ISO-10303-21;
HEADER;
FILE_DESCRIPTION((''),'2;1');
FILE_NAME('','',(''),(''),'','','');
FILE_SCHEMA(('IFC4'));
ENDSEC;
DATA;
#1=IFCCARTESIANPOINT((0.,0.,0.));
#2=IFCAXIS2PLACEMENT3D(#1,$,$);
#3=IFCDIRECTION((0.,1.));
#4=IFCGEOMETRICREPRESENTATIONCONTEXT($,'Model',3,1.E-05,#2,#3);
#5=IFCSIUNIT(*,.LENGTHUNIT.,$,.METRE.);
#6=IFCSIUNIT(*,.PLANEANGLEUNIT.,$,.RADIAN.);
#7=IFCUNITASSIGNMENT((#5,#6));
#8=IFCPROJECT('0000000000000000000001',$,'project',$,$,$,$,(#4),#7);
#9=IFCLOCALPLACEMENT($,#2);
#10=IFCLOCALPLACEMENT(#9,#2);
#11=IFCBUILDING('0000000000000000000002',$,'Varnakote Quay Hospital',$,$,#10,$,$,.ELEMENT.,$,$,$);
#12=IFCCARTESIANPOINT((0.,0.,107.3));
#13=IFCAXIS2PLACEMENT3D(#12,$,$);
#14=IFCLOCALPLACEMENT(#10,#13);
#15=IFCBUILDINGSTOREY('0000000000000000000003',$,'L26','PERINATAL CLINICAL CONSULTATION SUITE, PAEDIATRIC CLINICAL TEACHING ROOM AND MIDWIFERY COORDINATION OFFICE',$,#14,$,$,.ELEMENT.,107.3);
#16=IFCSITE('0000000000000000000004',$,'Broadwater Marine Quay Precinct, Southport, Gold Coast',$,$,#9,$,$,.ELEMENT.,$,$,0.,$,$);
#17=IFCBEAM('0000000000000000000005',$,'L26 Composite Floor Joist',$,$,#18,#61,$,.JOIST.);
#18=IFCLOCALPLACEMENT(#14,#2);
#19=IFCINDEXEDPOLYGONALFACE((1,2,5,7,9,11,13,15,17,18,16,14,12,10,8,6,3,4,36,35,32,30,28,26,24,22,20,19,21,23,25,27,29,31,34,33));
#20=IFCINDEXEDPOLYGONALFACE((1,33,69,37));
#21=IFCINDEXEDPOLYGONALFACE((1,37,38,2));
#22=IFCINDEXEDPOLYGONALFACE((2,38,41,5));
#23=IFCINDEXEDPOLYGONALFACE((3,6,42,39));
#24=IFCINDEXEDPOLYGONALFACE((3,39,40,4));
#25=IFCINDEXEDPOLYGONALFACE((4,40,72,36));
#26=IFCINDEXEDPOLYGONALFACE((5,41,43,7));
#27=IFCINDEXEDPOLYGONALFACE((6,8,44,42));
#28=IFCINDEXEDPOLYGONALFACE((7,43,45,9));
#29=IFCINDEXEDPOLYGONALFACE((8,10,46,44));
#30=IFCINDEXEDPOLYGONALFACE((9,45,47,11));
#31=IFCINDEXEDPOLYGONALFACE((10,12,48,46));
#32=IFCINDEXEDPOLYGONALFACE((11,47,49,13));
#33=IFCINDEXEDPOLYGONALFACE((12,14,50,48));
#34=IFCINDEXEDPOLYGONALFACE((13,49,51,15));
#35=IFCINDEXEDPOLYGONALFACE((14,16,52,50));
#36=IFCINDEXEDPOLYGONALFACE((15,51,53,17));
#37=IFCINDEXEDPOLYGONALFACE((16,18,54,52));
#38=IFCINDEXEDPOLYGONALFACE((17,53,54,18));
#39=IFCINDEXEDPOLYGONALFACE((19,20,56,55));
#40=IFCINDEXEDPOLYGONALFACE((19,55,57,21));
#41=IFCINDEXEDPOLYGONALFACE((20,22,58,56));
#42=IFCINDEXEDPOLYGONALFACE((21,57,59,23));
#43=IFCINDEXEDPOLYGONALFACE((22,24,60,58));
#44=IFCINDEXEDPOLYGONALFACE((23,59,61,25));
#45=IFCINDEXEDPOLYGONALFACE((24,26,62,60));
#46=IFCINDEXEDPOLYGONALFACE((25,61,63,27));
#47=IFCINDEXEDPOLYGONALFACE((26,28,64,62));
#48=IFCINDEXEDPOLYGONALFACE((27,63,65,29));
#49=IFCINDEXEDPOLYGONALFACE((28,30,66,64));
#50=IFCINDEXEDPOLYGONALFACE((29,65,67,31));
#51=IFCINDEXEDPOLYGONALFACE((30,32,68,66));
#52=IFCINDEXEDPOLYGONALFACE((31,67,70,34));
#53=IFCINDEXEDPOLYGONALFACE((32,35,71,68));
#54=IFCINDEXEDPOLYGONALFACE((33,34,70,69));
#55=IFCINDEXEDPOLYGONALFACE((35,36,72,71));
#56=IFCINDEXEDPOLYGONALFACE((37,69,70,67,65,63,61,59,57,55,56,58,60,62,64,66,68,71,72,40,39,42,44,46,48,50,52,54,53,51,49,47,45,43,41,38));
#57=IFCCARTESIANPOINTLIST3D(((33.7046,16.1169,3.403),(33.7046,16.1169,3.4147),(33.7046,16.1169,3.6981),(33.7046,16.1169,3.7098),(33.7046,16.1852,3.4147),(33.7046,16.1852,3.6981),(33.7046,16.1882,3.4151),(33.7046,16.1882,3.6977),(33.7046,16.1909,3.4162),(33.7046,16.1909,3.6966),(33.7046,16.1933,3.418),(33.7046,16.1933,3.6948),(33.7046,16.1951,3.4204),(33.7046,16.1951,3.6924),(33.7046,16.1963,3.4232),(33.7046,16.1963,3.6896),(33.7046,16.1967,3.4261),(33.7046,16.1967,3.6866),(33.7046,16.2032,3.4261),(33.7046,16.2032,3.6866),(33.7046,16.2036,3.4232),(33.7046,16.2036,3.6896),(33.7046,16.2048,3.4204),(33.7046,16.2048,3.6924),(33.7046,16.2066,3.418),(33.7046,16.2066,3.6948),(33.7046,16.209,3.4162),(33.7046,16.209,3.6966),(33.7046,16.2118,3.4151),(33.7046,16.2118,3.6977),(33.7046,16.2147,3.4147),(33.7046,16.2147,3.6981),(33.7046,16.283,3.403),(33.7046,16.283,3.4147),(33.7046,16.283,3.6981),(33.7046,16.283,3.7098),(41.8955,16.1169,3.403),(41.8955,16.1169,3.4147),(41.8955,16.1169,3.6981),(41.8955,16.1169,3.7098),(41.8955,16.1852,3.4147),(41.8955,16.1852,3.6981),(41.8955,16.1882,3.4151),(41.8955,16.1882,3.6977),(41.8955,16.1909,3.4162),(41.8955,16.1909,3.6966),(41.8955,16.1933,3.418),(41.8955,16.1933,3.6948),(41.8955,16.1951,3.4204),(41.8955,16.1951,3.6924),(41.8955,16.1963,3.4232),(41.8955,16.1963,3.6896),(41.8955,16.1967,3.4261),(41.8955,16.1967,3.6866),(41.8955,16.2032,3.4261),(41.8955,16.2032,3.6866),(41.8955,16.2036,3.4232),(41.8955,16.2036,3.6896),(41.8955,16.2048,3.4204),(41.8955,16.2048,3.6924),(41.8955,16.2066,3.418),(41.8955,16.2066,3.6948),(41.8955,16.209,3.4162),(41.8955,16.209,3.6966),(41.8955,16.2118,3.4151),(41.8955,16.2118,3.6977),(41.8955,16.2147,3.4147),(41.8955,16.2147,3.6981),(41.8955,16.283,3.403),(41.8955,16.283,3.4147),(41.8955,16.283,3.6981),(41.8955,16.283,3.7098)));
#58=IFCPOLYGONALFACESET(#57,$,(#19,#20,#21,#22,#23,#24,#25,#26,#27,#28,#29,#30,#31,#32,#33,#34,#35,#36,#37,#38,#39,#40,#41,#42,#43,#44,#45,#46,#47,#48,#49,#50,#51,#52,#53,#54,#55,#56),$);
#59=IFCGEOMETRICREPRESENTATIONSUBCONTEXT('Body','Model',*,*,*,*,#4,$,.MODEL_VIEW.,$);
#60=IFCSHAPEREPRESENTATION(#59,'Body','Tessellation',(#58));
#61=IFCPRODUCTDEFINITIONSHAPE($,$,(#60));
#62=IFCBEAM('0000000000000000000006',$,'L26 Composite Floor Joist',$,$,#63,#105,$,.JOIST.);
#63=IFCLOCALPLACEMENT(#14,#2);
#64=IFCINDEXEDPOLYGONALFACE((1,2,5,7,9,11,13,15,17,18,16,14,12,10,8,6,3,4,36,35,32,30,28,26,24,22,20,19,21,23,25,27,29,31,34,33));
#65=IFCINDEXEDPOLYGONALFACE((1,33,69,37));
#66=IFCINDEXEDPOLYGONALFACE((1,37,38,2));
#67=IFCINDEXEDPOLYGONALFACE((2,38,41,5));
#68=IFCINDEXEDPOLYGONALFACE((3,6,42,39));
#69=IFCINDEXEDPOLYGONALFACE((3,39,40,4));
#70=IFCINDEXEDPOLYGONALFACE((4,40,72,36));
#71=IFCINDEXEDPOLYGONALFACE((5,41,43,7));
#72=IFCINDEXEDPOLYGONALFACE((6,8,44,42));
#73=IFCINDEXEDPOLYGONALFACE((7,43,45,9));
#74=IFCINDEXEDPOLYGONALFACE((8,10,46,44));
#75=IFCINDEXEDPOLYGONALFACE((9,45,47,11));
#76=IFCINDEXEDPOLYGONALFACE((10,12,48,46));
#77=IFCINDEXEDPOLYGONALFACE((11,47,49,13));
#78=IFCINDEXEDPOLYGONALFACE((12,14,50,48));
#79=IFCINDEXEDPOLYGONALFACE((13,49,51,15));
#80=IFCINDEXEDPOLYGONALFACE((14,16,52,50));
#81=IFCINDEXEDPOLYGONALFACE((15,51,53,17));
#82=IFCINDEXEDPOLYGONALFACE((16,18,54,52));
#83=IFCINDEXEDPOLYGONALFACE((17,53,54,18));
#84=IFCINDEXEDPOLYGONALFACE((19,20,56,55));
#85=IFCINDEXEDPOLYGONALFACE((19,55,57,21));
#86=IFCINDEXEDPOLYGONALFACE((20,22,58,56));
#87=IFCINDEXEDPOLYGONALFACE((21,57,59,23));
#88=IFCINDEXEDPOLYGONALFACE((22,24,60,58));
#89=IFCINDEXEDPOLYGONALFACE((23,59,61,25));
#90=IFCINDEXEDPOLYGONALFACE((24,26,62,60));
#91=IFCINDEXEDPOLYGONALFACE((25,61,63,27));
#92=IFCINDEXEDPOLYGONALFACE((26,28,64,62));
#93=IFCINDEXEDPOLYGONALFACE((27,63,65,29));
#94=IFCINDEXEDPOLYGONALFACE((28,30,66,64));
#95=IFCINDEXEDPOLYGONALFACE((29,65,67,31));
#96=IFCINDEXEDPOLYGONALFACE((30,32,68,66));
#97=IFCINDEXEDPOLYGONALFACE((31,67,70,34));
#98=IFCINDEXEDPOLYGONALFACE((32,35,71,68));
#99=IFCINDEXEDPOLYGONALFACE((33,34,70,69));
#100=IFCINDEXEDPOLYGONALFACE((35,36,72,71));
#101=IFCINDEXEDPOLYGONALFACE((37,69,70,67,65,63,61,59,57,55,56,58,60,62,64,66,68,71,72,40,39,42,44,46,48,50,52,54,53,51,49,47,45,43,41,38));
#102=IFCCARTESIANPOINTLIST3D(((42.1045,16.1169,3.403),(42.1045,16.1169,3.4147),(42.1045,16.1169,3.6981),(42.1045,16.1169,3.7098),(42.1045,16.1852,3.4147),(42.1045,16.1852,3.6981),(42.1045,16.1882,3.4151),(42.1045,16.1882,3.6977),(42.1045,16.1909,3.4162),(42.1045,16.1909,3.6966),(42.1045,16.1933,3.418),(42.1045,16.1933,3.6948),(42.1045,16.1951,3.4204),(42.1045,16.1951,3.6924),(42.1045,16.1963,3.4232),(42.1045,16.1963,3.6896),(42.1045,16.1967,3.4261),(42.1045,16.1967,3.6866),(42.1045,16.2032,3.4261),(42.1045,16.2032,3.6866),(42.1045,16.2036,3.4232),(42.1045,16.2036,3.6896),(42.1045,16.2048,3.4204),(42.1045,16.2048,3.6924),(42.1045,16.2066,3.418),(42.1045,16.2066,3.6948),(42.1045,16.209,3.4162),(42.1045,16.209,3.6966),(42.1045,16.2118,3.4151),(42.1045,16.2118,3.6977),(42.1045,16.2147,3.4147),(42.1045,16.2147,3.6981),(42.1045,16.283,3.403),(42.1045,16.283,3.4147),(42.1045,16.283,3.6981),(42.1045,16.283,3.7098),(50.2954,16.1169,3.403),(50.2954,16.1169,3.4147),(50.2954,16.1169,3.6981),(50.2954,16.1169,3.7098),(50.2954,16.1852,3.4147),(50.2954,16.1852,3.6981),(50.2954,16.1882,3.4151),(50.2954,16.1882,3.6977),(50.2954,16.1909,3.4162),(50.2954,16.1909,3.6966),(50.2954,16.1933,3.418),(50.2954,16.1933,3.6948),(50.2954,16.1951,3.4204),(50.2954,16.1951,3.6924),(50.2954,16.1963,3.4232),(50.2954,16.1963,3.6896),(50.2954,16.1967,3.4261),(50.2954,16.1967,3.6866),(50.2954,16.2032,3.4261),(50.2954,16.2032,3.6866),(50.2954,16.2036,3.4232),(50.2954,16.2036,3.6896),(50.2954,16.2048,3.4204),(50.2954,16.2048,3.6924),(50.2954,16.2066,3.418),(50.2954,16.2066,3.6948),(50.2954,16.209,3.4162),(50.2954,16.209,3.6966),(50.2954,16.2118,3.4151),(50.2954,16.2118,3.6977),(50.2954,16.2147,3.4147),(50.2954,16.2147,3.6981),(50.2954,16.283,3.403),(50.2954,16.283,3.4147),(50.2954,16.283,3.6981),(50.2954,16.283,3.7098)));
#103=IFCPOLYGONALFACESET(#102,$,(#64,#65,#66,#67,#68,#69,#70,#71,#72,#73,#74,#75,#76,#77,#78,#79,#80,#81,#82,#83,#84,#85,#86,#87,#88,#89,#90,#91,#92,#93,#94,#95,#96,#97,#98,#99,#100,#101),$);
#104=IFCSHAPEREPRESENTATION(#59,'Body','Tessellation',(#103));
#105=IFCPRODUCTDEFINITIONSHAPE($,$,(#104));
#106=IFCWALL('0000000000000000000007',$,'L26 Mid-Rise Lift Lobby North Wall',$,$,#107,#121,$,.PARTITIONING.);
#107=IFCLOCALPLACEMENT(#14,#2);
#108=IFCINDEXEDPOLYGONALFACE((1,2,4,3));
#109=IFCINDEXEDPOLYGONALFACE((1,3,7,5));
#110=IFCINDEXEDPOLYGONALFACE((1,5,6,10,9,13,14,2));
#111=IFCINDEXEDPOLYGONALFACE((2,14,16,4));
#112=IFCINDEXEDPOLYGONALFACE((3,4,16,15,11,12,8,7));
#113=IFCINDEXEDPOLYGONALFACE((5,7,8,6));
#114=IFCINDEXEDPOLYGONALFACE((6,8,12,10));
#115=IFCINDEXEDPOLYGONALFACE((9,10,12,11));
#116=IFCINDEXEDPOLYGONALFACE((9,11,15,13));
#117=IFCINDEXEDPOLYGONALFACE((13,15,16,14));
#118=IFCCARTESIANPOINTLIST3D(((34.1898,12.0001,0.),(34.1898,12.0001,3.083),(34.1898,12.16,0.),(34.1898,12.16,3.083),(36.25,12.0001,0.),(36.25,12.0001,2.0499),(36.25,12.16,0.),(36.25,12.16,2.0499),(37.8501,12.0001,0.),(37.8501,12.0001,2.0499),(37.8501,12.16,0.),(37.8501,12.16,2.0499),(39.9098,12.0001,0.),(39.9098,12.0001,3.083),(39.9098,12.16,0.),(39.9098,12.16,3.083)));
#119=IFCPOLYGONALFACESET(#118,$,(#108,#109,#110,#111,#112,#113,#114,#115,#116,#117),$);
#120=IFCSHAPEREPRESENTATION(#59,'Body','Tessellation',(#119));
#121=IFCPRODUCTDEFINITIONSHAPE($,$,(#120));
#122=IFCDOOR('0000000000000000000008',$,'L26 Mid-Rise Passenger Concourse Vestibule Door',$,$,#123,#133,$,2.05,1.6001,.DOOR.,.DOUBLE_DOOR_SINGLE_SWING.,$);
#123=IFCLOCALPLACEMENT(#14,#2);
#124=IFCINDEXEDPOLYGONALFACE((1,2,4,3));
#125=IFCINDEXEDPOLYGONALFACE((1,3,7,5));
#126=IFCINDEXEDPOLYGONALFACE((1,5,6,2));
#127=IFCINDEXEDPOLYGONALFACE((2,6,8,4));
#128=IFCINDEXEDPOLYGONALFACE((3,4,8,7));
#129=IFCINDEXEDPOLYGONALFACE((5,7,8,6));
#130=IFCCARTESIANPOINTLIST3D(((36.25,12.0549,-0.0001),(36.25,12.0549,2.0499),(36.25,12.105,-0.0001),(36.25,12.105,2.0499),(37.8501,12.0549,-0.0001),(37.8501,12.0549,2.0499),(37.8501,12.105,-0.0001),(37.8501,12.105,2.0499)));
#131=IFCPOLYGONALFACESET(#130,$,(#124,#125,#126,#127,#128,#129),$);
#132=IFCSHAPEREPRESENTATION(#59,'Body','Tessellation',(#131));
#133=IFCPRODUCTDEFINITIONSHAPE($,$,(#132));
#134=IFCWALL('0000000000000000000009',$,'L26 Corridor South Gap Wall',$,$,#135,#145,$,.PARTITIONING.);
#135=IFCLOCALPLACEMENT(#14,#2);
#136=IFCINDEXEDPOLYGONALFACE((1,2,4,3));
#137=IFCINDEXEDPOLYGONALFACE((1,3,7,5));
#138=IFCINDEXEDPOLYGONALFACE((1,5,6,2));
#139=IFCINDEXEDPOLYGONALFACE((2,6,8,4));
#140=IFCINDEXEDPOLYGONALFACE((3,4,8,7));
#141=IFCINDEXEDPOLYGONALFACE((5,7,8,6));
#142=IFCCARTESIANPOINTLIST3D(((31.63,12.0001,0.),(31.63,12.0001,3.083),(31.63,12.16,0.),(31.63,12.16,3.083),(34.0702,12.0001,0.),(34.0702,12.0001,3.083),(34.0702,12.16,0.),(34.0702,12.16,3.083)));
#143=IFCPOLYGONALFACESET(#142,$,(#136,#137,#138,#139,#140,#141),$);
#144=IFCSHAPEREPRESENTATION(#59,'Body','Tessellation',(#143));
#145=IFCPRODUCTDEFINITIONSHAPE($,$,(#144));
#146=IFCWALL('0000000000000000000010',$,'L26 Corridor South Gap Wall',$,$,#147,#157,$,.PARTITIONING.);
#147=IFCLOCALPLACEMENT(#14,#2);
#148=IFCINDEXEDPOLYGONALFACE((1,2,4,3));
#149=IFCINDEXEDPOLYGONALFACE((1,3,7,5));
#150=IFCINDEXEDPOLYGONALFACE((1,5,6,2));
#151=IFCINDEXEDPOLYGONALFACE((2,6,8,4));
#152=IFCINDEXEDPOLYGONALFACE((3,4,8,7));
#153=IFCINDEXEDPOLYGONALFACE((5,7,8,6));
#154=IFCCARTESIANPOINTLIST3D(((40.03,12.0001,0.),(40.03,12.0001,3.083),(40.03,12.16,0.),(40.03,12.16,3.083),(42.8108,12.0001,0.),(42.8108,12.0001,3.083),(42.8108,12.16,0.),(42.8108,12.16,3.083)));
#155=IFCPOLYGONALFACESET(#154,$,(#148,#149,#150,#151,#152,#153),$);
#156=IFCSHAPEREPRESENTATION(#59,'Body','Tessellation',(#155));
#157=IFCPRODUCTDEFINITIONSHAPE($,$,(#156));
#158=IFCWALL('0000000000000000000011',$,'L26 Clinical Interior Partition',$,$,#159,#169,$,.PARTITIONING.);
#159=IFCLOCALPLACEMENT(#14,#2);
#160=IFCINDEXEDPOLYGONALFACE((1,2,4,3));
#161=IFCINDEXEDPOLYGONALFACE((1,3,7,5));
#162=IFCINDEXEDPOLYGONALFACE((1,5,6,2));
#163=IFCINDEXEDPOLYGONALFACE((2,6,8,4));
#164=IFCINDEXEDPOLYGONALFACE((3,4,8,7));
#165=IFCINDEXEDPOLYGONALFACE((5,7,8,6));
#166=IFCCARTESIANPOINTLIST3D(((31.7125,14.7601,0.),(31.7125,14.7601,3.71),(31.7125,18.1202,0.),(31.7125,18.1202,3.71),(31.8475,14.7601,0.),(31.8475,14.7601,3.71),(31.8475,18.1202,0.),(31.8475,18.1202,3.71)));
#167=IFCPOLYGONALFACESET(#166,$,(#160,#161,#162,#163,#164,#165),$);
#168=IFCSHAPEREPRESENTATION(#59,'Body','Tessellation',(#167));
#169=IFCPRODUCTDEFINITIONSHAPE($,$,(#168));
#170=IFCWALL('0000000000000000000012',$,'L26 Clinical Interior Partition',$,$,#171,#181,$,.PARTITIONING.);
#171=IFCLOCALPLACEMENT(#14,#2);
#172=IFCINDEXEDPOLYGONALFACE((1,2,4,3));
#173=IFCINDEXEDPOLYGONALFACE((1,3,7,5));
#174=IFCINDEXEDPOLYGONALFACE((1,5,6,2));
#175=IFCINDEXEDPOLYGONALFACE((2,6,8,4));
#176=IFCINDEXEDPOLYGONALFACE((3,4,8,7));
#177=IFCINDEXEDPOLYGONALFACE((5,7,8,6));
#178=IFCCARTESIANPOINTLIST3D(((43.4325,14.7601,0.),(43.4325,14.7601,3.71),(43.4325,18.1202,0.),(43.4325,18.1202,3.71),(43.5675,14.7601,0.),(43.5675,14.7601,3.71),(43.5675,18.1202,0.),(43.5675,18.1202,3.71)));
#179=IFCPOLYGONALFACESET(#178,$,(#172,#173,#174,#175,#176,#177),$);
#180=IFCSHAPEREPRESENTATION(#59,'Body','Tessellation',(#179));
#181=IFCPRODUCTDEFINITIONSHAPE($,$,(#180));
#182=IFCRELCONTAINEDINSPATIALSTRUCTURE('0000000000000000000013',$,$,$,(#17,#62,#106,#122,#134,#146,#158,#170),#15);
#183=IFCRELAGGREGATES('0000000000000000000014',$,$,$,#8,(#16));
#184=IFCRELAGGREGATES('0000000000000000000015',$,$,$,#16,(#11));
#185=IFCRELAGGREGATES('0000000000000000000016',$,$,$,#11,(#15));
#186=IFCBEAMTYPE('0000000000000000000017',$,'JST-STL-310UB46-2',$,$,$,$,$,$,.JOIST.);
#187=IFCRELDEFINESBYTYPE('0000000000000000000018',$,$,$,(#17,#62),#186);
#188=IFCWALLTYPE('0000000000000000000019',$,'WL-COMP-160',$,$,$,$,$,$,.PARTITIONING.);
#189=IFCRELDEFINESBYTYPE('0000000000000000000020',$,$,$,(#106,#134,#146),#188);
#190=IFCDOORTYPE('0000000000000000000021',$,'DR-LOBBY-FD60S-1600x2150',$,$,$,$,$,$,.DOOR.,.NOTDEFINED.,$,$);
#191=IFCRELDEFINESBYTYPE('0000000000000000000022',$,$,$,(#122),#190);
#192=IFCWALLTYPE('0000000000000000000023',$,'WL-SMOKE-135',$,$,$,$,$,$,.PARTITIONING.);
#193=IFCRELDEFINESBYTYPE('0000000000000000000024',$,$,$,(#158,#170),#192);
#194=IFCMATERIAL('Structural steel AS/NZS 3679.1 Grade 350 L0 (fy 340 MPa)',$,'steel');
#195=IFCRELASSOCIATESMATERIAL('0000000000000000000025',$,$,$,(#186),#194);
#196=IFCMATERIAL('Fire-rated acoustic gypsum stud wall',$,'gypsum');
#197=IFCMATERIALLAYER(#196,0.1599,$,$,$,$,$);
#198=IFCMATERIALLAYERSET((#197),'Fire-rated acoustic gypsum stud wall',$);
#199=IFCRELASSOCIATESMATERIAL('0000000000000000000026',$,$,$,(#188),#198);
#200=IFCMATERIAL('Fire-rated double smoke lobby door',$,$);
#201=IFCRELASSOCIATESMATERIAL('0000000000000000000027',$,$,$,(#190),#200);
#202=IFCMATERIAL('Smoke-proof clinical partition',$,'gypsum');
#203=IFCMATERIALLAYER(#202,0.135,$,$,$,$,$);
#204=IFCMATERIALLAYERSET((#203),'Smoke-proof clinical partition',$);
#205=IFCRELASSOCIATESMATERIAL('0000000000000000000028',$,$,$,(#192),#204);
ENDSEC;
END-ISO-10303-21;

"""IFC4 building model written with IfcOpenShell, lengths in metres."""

from ifc_helpers import new_model, si_unit, direction, frame, frame_2d, origin, origin_2d, place, context, subcontext, project, spatial, rectangle, i_section, extrude, material, layer, layer_set, material_profile, profile_set, type_object, element, fill, save


model = new_model("IFC4")

# Units and contexts
model_context = context("Model", 3, precision=1e-05, world=origin(), true_north=direction((0.0, 1.0)))
body_context = subcontext(model_context, "Body", "Model", "MODEL_VIEW")
ifc_project = project(units=[si_unit("LENGTHUNIT", "METRE"), si_unit("PLANEANGLEUNIT", "RADIAN")], contexts=[model_context])

# Site, building, storey
site_placement = place(None, origin())
site = spatial("IfcSite", under=ifc_project, at=site_placement, Name="Broadwater Marine Quay Precinct, Southport, Gold Coast", CompositionType="ELEMENT", RefElevation=0.0)
building_placement = place(site_placement, origin())
building = spatial("IfcBuilding", under=site, at=building_placement, Name="Varnakote Quay Hospital", CompositionType="ELEMENT")
storey_placement = place(building_placement, frame((0.0, 0.0, 107.3)))
storey = spatial("IfcBuildingStorey", under=building, at=storey_placement, Name="L26", Description="PERINATAL CLINICAL CONSULTATION SUITE, PAEDIATRIC CLINICAL TEACHING ROOM AND MIDWIFERY COORDINATION OFFICE", CompositionType="ELEMENT", Elevation=107.3)

# Beams
ifc_material_1 = material(Name="Structural steel AS/NZS 3679.1 Grade 350 L0 (fy 340 MPa)", Category="steel")
ifc_material_profile_1 = material_profile(ifc_material_1, i_section(OverallWidth=0.166, OverallDepth=0.3069, WebThickness=0.0066, FlangeThickness=0.0117, FilletRadius=0.0115, at=origin_2d()), Name="310UB46.2")
ifc_profile_set_1 = profile_set([ifc_material_profile_1], Name="Structural steel AS/NZS 3679.1 Grade 350 L0 (fy 340 MPa)")
beam_type_1 = type_object("IfcBeamType", Name="JST-STL-310UB46-2", PredefinedType="JOIST", material=ifc_profile_set_1)
for number, where, z_axis, x_axis, name in (
    (1, (33.7046, 16.2, 3.5564), (1.0, 0.0, 0.0), (0.0, 1.0, 0.0), "L26 Composite Floor Joist"),
    (2, (42.1045, 16.2, 3.5564), (1.0, 0.0, 0.0), (0.0, 1.0, 0.0), "L26 Composite Floor Joist"),
):
    element("IfcBeam", number, at=place(storey_placement, frame(where, z_axis=z_axis, x_axis=x_axis)), inside=storey, type_object=beam_type_1, Name=name, PredefinedType="JOIST", context=body_context, shape_type="SweptSolid", body=[
        extrude(i_section(OverallWidth=0.166, OverallDepth=0.3069, WebThickness=0.0066, FlangeThickness=0.0117, FilletRadius=0.0115, at=origin_2d()), origin(), (0.0, 0.0, 1.0), 8.1909),
    ])

# Wall, opening, door
ifc_material_2 = material(Name="Fire-rated acoustic gypsum stud wall", Category="gypsum")
ifc_layer_1 = layer(ifc_material_2, 0.1599)
ifc_layer_set_1 = layer_set([ifc_layer_1], Name="Fire-rated acoustic gypsum stud wall")
wall_type_1 = type_object("IfcWallType", Name="WL-COMP-160", PredefinedType="PARTITIONING", material=ifc_layer_set_1)
wall_1_placement = place(storey_placement, frame((34.1899, 12.0801, 0.0), z_axis=(0.0, 0.0, 1.0), x_axis=(1.0, 0.0, 0.0)))
wall_1 = element("IfcWall", 3, at=wall_1_placement, inside=storey, type_object=wall_type_1, Name="L26 Mid-Rise Lift Lobby North Wall", PredefinedType="PARTITIONING", context=body_context, shape_type="SweptSolid", body=[
    extrude(rectangle(XDim=5.72, YDim=0.1599, at=frame_2d((2.8599, 0.0))), origin(), (0.0, 0.0, 1.0), 3.083),
])
opening_1_placement = place(wall_1_placement, frame((2.0601, 0.0, 0.0)))
opening_1 = element("IfcOpeningElement", 4, at=opening_1_placement, cuts=wall_1, PredefinedType="OPENING", context=body_context, shape_type="SweptSolid", body=[
    extrude(rectangle(XDim=1.6001, YDim=2.05, at=frame_2d((0.8, 1.0249))), frame((0.0, 0.0898, 0.0), z_axis=(0.0, -1.0, 0.0), x_axis=(1.0, 0.0, 0.0)), (0.0, 0.0, 1.0), 0.1799),
])
ifc_material_3 = material(Name="Fire-rated double smoke lobby door")
door_type_1 = type_object("IfcDoorType", Name="DR-LOBBY-FD60S-1600x2150", OperationType="NOTDEFINED", PredefinedType="DOOR", material=ifc_material_3)
door_1_placement = place(opening_1_placement, origin())
door_1 = element("IfcDoor", 5, at=door_1_placement, inside=storey, type_object=door_type_1, Name="L26 Mid-Rise Passenger Concourse Vestibule Door", OperationType="DOUBLE_DOOR_SINGLE_SWING", OverallHeight=2.05, OverallWidth=1.6001, PredefinedType="DOOR", context=body_context, shape_type="SweptSolid", body=[
    extrude(rectangle(XDim=1.6001, YDim=2.05, at=frame_2d((0.8, 1.0249))), frame((0.0, 0.0249, 0.0), z_axis=(0.0, -1.0, 0.0), x_axis=(1.0, 0.0, 0.0)), (0.0, 0.0, 1.0), 0.05),
])
fill(opening_1, door_1)

# Walls
wall_2_placement = place(storey_placement, frame((31.6299, 12.0801, 0.0), z_axis=(0.0, 0.0, 1.0), x_axis=(1.0, 0.0, 0.0)))
element("IfcWall", 6, at=wall_2_placement, inside=storey, type_object=wall_type_1, Name="L26 Corridor South Gap Wall", PredefinedType="PARTITIONING", context=body_context, shape_type="SweptSolid", body=[
    extrude(rectangle(XDim=2.4402, YDim=0.1599, at=frame_2d((1.2202, 0.0))), origin(), (0.0, 0.0, 1.0), 3.083),
])
wall_3_placement = place(storey_placement, frame((40.03, 12.0801, 0.0), z_axis=(0.0, 0.0, 1.0), x_axis=(1.0, 0.0, 0.0)))
element("IfcWall", 7, at=wall_3_placement, inside=storey, type_object=wall_type_1, Name="L26 Corridor South Gap Wall", PredefinedType="PARTITIONING", context=body_context, shape_type="SweptSolid", body=[
    extrude(rectangle(XDim=2.7808, YDim=0.1599, at=frame_2d((1.3904, 0.0))), origin(), (0.0, 0.0, 1.0), 3.083),
])

# Walls
ifc_material_4 = material(Name="Smoke-proof clinical partition", Category="gypsum")
ifc_layer_2 = layer(ifc_material_4, 0.135)
ifc_layer_set_2 = layer_set([ifc_layer_2], Name="Smoke-proof clinical partition")
wall_type_2 = type_object("IfcWallType", Name="WL-SMOKE-135", PredefinedType="PARTITIONING", material=ifc_layer_set_2)
for number, where, z_axis, x_axis, name in (
    (8, (31.78, 14.76, 0.0), (0.0, 0.0, 1.0), (0.0, 1.0, 0.0), "L26 Clinical Interior Partition"),
    (9, (43.5, 14.76, 0.0), (0.0, 0.0, 1.0), (0.0, 1.0, 0.0), "L26 Clinical Interior Partition"),
):
    element("IfcWall", number, at=place(storey_placement, frame(where, z_axis=z_axis, x_axis=x_axis)), inside=storey, type_object=wall_type_2, Name=name, PredefinedType="PARTITIONING", context=body_context, shape_type="SweptSolid", body=[
        extrude(rectangle(XDim=3.3601, YDim=0.135, at=frame_2d((1.6802, 0.0))), origin(), (0.0, 0.0, 1.0), 3.71),
    ])

save(model, "model.ifc")
